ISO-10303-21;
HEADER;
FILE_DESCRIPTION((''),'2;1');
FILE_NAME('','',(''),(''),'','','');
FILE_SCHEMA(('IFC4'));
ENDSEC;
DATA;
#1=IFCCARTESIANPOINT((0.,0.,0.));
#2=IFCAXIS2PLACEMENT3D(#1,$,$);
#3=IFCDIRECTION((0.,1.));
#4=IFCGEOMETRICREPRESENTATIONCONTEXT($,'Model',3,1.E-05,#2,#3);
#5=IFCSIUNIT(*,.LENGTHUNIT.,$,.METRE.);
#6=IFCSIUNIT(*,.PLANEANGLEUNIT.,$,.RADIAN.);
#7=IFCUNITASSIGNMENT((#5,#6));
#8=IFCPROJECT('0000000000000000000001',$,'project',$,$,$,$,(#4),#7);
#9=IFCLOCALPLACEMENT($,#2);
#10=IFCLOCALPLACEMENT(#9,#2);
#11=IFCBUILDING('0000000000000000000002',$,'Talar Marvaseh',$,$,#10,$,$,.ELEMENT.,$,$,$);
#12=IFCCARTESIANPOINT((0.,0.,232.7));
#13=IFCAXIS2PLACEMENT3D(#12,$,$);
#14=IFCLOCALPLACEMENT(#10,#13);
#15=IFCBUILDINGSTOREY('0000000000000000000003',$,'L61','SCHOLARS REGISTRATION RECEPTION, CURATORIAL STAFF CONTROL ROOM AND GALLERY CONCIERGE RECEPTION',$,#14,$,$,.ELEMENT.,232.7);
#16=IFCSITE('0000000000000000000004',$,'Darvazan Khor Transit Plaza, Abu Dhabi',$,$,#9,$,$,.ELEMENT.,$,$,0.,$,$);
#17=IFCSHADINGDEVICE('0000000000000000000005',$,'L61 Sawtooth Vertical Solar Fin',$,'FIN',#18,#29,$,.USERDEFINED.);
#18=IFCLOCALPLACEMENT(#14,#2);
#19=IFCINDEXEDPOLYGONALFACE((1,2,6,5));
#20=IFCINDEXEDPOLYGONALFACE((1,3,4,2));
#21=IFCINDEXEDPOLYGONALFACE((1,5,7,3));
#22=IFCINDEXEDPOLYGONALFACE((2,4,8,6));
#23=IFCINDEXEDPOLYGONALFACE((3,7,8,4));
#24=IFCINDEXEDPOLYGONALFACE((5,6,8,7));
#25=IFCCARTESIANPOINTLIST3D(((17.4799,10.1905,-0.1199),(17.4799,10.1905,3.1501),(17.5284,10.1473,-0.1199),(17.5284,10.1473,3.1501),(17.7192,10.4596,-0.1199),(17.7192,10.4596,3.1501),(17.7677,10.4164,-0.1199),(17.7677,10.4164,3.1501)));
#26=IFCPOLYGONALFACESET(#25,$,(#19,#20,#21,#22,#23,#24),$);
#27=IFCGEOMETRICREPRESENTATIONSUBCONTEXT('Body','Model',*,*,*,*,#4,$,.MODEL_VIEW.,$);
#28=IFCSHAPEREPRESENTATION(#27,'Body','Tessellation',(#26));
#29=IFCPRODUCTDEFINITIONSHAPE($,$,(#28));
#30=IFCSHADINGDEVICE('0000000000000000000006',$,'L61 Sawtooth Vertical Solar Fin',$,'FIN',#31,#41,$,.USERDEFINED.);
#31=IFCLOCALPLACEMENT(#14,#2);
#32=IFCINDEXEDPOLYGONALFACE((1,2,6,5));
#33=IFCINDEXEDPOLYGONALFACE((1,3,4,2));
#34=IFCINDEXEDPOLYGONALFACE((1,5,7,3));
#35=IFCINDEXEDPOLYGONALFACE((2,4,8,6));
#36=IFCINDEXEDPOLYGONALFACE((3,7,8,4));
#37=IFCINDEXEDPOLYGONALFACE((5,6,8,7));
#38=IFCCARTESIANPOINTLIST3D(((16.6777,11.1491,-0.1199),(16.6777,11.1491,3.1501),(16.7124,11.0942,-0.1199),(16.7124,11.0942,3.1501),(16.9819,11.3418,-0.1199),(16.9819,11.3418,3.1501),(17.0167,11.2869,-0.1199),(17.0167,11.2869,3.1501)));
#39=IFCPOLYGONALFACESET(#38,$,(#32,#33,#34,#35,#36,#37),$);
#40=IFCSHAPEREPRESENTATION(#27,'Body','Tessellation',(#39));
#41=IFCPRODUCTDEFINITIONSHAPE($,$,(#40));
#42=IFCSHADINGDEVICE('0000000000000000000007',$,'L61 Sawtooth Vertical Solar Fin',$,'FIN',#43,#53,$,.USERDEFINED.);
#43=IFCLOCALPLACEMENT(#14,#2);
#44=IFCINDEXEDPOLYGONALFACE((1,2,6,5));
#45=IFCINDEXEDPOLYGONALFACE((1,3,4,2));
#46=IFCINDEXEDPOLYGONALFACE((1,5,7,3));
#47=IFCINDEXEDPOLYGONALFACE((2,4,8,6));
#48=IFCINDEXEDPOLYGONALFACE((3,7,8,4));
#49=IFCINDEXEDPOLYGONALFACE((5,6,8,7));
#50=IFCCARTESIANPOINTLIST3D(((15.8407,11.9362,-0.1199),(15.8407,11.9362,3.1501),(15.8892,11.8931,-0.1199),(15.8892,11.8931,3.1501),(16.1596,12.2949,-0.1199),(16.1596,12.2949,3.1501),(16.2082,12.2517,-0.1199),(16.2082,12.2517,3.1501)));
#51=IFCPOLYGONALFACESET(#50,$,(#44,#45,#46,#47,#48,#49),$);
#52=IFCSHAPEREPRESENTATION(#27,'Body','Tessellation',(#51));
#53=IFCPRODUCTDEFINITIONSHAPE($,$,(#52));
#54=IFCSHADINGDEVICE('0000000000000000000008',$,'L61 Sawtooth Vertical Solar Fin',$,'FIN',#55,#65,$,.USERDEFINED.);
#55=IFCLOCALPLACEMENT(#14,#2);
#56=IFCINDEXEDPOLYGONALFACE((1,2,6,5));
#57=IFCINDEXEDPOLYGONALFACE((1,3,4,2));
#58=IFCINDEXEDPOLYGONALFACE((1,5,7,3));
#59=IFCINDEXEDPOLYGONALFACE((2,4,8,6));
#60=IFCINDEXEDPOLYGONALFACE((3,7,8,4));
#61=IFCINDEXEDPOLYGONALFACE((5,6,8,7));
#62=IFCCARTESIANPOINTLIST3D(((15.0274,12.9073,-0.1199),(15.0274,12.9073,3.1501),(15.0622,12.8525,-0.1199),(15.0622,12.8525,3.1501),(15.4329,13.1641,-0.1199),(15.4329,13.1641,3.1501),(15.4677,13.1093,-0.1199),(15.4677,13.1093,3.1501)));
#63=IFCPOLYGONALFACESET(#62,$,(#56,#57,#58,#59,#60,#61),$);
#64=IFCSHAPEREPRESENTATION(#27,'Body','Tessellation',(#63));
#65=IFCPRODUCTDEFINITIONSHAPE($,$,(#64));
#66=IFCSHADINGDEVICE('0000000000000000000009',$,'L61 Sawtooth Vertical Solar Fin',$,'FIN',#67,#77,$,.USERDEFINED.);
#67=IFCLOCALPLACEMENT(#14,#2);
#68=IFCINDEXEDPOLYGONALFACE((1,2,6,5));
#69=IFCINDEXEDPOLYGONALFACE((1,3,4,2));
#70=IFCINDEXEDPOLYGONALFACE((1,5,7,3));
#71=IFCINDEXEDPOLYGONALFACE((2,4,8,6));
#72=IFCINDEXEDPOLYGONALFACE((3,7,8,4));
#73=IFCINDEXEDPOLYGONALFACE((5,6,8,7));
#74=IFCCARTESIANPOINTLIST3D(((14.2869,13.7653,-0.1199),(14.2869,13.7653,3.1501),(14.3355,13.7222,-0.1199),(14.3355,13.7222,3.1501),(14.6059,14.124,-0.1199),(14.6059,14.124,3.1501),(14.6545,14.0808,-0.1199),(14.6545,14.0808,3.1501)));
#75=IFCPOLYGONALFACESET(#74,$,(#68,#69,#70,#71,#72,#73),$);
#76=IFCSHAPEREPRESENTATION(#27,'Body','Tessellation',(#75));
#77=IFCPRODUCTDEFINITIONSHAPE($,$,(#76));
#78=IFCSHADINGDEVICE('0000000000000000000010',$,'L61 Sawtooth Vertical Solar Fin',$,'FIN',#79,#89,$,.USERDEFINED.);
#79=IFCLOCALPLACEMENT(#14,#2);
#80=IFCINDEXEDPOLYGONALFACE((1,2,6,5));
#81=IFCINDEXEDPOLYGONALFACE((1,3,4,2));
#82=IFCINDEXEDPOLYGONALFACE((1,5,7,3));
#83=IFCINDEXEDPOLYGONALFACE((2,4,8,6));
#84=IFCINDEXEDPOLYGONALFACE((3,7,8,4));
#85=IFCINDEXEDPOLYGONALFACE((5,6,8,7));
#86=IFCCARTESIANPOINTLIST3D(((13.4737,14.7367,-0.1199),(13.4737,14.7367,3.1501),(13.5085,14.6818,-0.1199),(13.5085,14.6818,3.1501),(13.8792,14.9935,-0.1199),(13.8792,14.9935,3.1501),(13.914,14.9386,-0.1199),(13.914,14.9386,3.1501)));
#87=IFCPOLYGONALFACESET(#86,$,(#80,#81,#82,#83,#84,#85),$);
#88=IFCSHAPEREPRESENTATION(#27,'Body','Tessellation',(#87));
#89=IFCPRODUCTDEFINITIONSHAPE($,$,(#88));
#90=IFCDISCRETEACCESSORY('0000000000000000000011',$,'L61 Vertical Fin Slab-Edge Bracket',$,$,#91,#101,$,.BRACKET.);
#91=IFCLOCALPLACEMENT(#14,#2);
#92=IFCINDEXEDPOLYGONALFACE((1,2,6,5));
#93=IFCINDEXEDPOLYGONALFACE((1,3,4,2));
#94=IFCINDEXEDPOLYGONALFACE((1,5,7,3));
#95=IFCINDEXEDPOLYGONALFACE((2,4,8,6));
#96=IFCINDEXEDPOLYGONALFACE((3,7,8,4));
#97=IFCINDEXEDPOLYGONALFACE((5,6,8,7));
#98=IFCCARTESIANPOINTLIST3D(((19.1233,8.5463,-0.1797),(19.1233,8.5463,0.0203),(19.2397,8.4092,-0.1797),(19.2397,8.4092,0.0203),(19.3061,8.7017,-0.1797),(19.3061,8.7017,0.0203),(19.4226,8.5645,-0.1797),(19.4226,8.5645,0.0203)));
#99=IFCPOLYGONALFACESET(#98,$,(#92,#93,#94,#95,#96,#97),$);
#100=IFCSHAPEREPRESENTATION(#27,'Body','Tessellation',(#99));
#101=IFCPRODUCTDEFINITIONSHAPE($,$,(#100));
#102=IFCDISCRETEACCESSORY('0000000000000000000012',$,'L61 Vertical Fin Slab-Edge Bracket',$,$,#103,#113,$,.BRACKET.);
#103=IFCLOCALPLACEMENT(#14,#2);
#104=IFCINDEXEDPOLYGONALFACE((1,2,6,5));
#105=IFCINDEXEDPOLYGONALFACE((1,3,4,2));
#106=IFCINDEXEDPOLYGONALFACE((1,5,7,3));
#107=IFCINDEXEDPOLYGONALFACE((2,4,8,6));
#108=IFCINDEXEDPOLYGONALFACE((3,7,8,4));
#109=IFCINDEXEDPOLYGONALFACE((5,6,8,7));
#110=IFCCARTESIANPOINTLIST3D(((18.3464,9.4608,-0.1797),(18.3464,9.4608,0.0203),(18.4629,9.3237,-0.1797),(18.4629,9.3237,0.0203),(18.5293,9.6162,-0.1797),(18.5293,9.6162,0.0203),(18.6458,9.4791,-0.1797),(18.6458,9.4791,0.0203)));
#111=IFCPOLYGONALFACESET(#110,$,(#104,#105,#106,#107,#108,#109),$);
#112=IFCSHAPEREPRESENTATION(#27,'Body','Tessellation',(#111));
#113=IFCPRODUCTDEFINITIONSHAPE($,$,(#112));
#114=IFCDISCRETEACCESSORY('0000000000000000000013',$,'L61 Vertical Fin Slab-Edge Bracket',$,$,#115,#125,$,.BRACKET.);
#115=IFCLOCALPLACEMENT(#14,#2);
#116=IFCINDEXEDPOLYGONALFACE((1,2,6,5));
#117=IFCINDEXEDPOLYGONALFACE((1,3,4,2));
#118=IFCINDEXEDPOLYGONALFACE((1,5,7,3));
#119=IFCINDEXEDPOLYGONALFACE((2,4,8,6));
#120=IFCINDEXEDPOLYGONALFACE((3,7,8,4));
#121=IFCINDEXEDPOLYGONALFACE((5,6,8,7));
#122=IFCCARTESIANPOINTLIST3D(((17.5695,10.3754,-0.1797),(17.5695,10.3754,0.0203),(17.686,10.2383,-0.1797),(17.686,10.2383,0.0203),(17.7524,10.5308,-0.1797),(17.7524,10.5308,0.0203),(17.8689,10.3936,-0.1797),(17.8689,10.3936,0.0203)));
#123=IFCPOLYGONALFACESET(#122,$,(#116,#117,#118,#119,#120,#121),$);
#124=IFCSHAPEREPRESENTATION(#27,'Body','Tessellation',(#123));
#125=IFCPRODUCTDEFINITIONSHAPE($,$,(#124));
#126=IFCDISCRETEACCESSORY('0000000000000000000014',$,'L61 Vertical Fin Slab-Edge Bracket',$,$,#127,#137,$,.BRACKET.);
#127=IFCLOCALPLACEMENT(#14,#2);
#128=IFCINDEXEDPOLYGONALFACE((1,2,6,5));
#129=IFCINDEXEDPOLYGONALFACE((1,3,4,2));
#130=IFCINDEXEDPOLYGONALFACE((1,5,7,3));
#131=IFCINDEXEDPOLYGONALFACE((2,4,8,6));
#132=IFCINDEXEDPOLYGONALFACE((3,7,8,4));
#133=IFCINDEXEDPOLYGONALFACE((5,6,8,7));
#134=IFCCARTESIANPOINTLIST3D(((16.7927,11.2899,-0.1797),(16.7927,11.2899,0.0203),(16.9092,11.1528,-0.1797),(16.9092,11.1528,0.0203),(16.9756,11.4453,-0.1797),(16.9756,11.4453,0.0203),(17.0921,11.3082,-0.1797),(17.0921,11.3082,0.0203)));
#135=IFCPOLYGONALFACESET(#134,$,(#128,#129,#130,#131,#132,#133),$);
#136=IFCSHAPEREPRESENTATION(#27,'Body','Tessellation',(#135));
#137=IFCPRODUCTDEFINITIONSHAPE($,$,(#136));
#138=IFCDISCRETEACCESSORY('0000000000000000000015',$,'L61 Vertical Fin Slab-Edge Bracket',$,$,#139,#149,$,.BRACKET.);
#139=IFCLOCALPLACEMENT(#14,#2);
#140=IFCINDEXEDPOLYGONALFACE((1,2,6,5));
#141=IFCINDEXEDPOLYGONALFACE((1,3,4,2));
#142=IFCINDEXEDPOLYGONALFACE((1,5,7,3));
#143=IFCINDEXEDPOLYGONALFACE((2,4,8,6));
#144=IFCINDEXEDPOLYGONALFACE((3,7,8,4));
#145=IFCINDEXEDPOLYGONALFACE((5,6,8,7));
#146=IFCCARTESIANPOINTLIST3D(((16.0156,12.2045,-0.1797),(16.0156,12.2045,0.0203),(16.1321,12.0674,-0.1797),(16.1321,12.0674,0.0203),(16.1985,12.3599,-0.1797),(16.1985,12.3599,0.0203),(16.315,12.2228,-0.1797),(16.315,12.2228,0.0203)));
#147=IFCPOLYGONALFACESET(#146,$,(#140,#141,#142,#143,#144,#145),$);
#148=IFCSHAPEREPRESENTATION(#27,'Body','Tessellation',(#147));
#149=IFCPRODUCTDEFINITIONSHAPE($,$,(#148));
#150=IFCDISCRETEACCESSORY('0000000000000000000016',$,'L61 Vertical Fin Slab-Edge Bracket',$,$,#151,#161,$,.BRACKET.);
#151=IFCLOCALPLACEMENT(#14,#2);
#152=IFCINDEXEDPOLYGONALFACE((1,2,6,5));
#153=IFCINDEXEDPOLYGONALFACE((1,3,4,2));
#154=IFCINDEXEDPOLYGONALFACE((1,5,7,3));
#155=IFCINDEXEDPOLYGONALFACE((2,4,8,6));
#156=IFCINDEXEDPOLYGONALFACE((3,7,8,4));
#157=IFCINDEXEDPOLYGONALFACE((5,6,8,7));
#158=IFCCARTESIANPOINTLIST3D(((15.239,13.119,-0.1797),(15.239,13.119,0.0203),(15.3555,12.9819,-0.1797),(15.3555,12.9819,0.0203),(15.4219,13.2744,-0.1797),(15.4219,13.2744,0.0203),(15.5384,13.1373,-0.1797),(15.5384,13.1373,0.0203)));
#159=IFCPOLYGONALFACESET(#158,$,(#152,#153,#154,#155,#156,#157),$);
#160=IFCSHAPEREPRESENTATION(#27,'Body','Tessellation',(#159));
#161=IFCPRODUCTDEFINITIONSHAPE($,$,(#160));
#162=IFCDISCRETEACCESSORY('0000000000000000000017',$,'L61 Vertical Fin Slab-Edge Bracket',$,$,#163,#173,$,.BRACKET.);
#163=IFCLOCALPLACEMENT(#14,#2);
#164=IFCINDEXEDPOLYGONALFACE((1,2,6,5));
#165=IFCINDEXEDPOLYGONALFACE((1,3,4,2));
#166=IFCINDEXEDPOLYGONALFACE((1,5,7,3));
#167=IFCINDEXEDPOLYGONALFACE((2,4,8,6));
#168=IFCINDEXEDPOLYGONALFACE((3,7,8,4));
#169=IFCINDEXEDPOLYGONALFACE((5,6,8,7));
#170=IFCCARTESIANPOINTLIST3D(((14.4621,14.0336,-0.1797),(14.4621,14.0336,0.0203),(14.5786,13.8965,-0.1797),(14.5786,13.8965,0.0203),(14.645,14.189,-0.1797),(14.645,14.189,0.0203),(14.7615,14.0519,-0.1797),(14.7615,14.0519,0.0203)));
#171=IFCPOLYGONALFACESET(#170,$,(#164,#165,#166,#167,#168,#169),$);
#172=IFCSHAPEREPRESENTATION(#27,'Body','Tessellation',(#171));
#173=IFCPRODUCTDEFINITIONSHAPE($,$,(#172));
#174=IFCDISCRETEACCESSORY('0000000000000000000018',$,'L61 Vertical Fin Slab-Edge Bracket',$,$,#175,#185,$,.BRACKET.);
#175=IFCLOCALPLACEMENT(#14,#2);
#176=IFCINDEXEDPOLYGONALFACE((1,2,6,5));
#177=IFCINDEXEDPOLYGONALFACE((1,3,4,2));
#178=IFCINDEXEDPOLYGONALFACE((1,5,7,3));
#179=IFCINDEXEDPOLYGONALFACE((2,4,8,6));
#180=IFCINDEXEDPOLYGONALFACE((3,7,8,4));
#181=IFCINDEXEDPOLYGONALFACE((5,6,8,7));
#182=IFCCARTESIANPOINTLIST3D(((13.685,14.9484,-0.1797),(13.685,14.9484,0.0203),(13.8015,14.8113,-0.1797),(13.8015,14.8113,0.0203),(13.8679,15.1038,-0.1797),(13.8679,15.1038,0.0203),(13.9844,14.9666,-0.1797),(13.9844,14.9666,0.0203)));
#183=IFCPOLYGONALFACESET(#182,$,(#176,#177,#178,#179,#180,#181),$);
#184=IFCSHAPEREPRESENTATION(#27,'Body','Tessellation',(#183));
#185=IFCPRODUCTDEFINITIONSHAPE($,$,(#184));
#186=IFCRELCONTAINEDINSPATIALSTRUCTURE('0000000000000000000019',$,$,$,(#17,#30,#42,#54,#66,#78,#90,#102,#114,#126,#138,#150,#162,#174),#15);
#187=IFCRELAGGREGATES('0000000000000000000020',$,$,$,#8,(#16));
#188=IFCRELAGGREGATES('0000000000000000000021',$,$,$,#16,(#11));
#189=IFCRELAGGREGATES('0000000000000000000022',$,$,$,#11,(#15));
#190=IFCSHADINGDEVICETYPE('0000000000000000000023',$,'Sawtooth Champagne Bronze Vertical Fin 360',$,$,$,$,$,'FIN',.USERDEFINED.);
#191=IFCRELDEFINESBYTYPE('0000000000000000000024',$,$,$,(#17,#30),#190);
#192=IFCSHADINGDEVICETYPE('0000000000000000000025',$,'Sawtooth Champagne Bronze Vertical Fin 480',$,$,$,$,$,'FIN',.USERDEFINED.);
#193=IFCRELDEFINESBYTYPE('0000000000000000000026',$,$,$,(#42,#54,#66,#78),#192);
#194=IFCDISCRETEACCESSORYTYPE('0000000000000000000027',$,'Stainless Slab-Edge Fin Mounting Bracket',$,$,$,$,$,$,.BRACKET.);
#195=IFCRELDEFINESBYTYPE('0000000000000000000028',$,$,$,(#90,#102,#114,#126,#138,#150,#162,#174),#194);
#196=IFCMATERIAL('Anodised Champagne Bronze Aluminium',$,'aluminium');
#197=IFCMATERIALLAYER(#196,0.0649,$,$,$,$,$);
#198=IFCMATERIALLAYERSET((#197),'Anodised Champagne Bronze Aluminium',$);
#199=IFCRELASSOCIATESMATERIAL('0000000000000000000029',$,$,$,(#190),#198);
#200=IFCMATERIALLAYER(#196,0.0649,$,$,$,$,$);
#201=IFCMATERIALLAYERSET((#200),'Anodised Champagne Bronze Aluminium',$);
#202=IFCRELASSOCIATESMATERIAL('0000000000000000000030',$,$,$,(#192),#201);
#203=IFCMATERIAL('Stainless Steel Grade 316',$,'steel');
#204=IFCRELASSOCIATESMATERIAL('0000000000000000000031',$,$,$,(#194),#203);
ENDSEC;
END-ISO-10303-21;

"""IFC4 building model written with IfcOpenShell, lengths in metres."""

from ifc_helpers import new_model, si_unit, direction, frame, origin, origin_2d, place, context, subcontext, project, spatial, rectangle, extrude, source, transform, mapped, material, layer, layer_set, type_object, type_shapes, element, save


model = new_model("IFC4")

# Units and contexts
model_context = context("Model", 3, precision=1e-05, world=origin(), true_north=direction((0.0, 1.0)))
body_context = subcontext(model_context, "Body", "Model", "MODEL_VIEW")
ifc_project = project(units=[si_unit("LENGTHUNIT", "METRE"), si_unit("PLANEANGLEUNIT", "RADIAN")], contexts=[model_context])

# Site, building, storey
site_placement = place(None, origin())
site = spatial("IfcSite", under=ifc_project, at=site_placement, Name="Darvazan Khor Transit Plaza, Abu Dhabi", CompositionType="ELEMENT", RefElevation=0.0)
building_placement = place(site_placement, origin())
building = spatial("IfcBuilding", under=site, at=building_placement, Name="Talar Marvaseh", CompositionType="ELEMENT")
storey_placement = place(building_placement, frame((0.0, 0.0, 232.7)))
storey = spatial("IfcBuildingStorey", under=building, at=storey_placement, Name="L61", Description="SCHOLARS REGISTRATION RECEPTION, CURATORIAL STAFF CONTROL ROOM AND GALLERY CONCIERGE RECEPTION", CompositionType="ELEMENT", Elevation=232.7)

# Shading devices
ifc_material_1 = material(Name="Anodised Champagne Bronze Aluminium", Category="aluminium")
ifc_layer_1 = layer(ifc_material_1, 0.0649)
ifc_layer_set_1 = layer_set([ifc_layer_1], Name="Anodised Champagne Bronze Aluminium")
shading_device_type_1 = type_object("IfcShadingDeviceType", Name="Sawtooth Champagne Bronze Vertical Fin 360", ElementType="FIN", PredefinedType="USERDEFINED", material=ifc_layer_set_1)
shared_shape_1 = source(origin(), body_context, "Body", "SweptSolid", [
    extrude(rectangle(XDim=0.3601, YDim=0.0649, at=origin_2d()), origin(), (0.0, 0.0, 1.0), 3.27),
])
type_shapes(shading_device_type_1, [shared_shape_1])
for number, where, z_axis, x_axis, name in (
    (1, (17.6238, 10.3035, -0.1199), (0.0, 0.0, 1.0), (-0.664579, -0.747218, 0.0), "L61 Sawtooth Vertical Solar Fin"),
    (2, (16.8472, 11.218, -0.1199), (0.0, 0.0, 1.0), (-0.844795, -0.53509, 0.0), "L61 Sawtooth Vertical Solar Fin"),
):
    element("IfcShadingDevice", number, at=place(storey_placement, frame(where, z_axis=z_axis, x_axis=x_axis)), inside=storey, type_object=shading_device_type_1, Name=name, ObjectType="FIN", PredefinedType="USERDEFINED", context=body_context, shape_type="MappedRepresentation", body=[
        mapped(shared_shape_1, transform((0.0, 0.0, 0.0), x_axis=(1.0, 0.0, 0.0), y_axis=(0.0, 1.0, 0.0), z_axis=(0.0, 0.0, 1.0), scale=1.0)),
    ])
ifc_layer_2 = layer(ifc_material_1, 0.0649)
ifc_layer_set_2 = layer_set([ifc_layer_2], Name="Anodised Champagne Bronze Aluminium")
shading_device_type_2 = type_object("IfcShadingDeviceType", Name="Sawtooth Champagne Bronze Vertical Fin 480", ElementType="FIN", PredefinedType="USERDEFINED", material=ifc_layer_set_2)
shared_shape_2 = source(origin(), body_context, "Body", "SweptSolid", [
    extrude(rectangle(XDim=0.48, YDim=0.0649, at=origin_2d()), origin(), (0.0, 0.0, 1.0), 3.27),
])
type_shapes(shading_device_type_2, [shared_shape_2])
for number, where, z_axis, x_axis, name in (
    (3, (16.0244, 12.094, -0.1199), (0.0, 0.0, 1.0), (-0.664579, -0.747218, 0.0), "L61 Sawtooth Vertical Solar Fin"),
    (4, (15.2476, 13.0083, -0.1199), (0.0, 0.0, 1.0), (-0.844795, -0.53509, 0.0), "L61 Sawtooth Vertical Solar Fin"),
    (5, (14.4707, 13.9231, -0.1199), (0.0, 0.0, 1.0), (-0.664579, -0.747218, 0.0), "L61 Sawtooth Vertical Solar Fin"),
    (6, (13.6938, 14.8376, -0.1199), (0.0, 0.0, 1.0), (-0.844795, -0.53509, 0.0), "L61 Sawtooth Vertical Solar Fin"),
):
    element("IfcShadingDevice", number, at=place(storey_placement, frame(where, z_axis=z_axis, x_axis=x_axis)), inside=storey, type_object=shading_device_type_2, Name=name, ObjectType="FIN", PredefinedType="USERDEFINED", context=body_context, shape_type="MappedRepresentation", body=[
        mapped(shared_shape_2, transform((0.0, 0.0, 0.0), x_axis=(1.0, 0.0, 0.0), y_axis=(0.0, 1.0, 0.0), z_axis=(0.0, 0.0, 1.0), scale=1.0)),
    ])

# Discrete accessories
ifc_material_2 = material(Name="Stainless Steel Grade 316", Category="steel")
discrete_accessory_type = type_object("IfcDiscreteAccessoryType", Name="Stainless Slab-Edge Fin Mounting Bracket", PredefinedType="BRACKET", material=ifc_material_2)
shared_shape_3 = source(origin(), body_context, "Body", "SweptSolid", [
    extrude(rectangle(XDim=0.24, YDim=0.1799, at=origin_2d()), origin(), (0.0, 0.0, 1.0), 0.2),
])
type_shapes(discrete_accessory_type, [shared_shape_3])
for number, where, z_axis, x_axis, name in (
    (7, (19.2729, 8.5554, -0.1797), (0.0, 0.0, 1.0), (-0.762104, -0.647455, 0.0), "L61 Vertical Fin Slab-Edge Bracket"),
    (8, (18.4961, 9.47, -0.1797), (0.0, 0.0, 1.0), (-0.762104, -0.647455, 0.0), "L61 Vertical Fin Slab-Edge Bracket"),
    (9, (17.7192, 10.3845, -0.1797), (0.0, 0.0, 1.0), (-0.762104, -0.647455, 0.0), "L61 Vertical Fin Slab-Edge Bracket"),
    (10, (16.9424, 11.2991, -0.1797), (0.0, 0.0, 1.0), (-0.762104, -0.647455, 0.0), "L61 Vertical Fin Slab-Edge Bracket"),
    (11, (16.1653, 12.2136, -0.1797), (0.0, 0.0, 1.0), (-0.762104, -0.647455, 0.0), "L61 Vertical Fin Slab-Edge Bracket"),
    (12, (15.3887, 13.1282, -0.1797), (0.0, 0.0, 1.0), (-0.762104, -0.647455, 0.0), "L61 Vertical Fin Slab-Edge Bracket"),
    (13, (14.6118, 14.0427, -0.1797), (0.0, 0.0, 1.0), (-0.762104, -0.647455, 0.0), "L61 Vertical Fin Slab-Edge Bracket"),
    (14, (13.8347, 14.9575, -0.1797), (0.0, 0.0, 1.0), (-0.762104, -0.647455, 0.0), "L61 Vertical Fin Slab-Edge Bracket"),
):
    element("IfcDiscreteAccessory", number, at=place(storey_placement, frame(where, z_axis=z_axis, x_axis=x_axis)), inside=storey, type_object=discrete_accessory_type, Name=name, PredefinedType="BRACKET", context=body_context, shape_type="MappedRepresentation", body=[
        mapped(shared_shape_3, transform((0.0, 0.0, 0.0), x_axis=(1.0, 0.0, 0.0), y_axis=(0.0, 1.0, 0.0), z_axis=(0.0, 0.0, 1.0), scale=1.0)),
    ])

save(model, "model.ifc")
